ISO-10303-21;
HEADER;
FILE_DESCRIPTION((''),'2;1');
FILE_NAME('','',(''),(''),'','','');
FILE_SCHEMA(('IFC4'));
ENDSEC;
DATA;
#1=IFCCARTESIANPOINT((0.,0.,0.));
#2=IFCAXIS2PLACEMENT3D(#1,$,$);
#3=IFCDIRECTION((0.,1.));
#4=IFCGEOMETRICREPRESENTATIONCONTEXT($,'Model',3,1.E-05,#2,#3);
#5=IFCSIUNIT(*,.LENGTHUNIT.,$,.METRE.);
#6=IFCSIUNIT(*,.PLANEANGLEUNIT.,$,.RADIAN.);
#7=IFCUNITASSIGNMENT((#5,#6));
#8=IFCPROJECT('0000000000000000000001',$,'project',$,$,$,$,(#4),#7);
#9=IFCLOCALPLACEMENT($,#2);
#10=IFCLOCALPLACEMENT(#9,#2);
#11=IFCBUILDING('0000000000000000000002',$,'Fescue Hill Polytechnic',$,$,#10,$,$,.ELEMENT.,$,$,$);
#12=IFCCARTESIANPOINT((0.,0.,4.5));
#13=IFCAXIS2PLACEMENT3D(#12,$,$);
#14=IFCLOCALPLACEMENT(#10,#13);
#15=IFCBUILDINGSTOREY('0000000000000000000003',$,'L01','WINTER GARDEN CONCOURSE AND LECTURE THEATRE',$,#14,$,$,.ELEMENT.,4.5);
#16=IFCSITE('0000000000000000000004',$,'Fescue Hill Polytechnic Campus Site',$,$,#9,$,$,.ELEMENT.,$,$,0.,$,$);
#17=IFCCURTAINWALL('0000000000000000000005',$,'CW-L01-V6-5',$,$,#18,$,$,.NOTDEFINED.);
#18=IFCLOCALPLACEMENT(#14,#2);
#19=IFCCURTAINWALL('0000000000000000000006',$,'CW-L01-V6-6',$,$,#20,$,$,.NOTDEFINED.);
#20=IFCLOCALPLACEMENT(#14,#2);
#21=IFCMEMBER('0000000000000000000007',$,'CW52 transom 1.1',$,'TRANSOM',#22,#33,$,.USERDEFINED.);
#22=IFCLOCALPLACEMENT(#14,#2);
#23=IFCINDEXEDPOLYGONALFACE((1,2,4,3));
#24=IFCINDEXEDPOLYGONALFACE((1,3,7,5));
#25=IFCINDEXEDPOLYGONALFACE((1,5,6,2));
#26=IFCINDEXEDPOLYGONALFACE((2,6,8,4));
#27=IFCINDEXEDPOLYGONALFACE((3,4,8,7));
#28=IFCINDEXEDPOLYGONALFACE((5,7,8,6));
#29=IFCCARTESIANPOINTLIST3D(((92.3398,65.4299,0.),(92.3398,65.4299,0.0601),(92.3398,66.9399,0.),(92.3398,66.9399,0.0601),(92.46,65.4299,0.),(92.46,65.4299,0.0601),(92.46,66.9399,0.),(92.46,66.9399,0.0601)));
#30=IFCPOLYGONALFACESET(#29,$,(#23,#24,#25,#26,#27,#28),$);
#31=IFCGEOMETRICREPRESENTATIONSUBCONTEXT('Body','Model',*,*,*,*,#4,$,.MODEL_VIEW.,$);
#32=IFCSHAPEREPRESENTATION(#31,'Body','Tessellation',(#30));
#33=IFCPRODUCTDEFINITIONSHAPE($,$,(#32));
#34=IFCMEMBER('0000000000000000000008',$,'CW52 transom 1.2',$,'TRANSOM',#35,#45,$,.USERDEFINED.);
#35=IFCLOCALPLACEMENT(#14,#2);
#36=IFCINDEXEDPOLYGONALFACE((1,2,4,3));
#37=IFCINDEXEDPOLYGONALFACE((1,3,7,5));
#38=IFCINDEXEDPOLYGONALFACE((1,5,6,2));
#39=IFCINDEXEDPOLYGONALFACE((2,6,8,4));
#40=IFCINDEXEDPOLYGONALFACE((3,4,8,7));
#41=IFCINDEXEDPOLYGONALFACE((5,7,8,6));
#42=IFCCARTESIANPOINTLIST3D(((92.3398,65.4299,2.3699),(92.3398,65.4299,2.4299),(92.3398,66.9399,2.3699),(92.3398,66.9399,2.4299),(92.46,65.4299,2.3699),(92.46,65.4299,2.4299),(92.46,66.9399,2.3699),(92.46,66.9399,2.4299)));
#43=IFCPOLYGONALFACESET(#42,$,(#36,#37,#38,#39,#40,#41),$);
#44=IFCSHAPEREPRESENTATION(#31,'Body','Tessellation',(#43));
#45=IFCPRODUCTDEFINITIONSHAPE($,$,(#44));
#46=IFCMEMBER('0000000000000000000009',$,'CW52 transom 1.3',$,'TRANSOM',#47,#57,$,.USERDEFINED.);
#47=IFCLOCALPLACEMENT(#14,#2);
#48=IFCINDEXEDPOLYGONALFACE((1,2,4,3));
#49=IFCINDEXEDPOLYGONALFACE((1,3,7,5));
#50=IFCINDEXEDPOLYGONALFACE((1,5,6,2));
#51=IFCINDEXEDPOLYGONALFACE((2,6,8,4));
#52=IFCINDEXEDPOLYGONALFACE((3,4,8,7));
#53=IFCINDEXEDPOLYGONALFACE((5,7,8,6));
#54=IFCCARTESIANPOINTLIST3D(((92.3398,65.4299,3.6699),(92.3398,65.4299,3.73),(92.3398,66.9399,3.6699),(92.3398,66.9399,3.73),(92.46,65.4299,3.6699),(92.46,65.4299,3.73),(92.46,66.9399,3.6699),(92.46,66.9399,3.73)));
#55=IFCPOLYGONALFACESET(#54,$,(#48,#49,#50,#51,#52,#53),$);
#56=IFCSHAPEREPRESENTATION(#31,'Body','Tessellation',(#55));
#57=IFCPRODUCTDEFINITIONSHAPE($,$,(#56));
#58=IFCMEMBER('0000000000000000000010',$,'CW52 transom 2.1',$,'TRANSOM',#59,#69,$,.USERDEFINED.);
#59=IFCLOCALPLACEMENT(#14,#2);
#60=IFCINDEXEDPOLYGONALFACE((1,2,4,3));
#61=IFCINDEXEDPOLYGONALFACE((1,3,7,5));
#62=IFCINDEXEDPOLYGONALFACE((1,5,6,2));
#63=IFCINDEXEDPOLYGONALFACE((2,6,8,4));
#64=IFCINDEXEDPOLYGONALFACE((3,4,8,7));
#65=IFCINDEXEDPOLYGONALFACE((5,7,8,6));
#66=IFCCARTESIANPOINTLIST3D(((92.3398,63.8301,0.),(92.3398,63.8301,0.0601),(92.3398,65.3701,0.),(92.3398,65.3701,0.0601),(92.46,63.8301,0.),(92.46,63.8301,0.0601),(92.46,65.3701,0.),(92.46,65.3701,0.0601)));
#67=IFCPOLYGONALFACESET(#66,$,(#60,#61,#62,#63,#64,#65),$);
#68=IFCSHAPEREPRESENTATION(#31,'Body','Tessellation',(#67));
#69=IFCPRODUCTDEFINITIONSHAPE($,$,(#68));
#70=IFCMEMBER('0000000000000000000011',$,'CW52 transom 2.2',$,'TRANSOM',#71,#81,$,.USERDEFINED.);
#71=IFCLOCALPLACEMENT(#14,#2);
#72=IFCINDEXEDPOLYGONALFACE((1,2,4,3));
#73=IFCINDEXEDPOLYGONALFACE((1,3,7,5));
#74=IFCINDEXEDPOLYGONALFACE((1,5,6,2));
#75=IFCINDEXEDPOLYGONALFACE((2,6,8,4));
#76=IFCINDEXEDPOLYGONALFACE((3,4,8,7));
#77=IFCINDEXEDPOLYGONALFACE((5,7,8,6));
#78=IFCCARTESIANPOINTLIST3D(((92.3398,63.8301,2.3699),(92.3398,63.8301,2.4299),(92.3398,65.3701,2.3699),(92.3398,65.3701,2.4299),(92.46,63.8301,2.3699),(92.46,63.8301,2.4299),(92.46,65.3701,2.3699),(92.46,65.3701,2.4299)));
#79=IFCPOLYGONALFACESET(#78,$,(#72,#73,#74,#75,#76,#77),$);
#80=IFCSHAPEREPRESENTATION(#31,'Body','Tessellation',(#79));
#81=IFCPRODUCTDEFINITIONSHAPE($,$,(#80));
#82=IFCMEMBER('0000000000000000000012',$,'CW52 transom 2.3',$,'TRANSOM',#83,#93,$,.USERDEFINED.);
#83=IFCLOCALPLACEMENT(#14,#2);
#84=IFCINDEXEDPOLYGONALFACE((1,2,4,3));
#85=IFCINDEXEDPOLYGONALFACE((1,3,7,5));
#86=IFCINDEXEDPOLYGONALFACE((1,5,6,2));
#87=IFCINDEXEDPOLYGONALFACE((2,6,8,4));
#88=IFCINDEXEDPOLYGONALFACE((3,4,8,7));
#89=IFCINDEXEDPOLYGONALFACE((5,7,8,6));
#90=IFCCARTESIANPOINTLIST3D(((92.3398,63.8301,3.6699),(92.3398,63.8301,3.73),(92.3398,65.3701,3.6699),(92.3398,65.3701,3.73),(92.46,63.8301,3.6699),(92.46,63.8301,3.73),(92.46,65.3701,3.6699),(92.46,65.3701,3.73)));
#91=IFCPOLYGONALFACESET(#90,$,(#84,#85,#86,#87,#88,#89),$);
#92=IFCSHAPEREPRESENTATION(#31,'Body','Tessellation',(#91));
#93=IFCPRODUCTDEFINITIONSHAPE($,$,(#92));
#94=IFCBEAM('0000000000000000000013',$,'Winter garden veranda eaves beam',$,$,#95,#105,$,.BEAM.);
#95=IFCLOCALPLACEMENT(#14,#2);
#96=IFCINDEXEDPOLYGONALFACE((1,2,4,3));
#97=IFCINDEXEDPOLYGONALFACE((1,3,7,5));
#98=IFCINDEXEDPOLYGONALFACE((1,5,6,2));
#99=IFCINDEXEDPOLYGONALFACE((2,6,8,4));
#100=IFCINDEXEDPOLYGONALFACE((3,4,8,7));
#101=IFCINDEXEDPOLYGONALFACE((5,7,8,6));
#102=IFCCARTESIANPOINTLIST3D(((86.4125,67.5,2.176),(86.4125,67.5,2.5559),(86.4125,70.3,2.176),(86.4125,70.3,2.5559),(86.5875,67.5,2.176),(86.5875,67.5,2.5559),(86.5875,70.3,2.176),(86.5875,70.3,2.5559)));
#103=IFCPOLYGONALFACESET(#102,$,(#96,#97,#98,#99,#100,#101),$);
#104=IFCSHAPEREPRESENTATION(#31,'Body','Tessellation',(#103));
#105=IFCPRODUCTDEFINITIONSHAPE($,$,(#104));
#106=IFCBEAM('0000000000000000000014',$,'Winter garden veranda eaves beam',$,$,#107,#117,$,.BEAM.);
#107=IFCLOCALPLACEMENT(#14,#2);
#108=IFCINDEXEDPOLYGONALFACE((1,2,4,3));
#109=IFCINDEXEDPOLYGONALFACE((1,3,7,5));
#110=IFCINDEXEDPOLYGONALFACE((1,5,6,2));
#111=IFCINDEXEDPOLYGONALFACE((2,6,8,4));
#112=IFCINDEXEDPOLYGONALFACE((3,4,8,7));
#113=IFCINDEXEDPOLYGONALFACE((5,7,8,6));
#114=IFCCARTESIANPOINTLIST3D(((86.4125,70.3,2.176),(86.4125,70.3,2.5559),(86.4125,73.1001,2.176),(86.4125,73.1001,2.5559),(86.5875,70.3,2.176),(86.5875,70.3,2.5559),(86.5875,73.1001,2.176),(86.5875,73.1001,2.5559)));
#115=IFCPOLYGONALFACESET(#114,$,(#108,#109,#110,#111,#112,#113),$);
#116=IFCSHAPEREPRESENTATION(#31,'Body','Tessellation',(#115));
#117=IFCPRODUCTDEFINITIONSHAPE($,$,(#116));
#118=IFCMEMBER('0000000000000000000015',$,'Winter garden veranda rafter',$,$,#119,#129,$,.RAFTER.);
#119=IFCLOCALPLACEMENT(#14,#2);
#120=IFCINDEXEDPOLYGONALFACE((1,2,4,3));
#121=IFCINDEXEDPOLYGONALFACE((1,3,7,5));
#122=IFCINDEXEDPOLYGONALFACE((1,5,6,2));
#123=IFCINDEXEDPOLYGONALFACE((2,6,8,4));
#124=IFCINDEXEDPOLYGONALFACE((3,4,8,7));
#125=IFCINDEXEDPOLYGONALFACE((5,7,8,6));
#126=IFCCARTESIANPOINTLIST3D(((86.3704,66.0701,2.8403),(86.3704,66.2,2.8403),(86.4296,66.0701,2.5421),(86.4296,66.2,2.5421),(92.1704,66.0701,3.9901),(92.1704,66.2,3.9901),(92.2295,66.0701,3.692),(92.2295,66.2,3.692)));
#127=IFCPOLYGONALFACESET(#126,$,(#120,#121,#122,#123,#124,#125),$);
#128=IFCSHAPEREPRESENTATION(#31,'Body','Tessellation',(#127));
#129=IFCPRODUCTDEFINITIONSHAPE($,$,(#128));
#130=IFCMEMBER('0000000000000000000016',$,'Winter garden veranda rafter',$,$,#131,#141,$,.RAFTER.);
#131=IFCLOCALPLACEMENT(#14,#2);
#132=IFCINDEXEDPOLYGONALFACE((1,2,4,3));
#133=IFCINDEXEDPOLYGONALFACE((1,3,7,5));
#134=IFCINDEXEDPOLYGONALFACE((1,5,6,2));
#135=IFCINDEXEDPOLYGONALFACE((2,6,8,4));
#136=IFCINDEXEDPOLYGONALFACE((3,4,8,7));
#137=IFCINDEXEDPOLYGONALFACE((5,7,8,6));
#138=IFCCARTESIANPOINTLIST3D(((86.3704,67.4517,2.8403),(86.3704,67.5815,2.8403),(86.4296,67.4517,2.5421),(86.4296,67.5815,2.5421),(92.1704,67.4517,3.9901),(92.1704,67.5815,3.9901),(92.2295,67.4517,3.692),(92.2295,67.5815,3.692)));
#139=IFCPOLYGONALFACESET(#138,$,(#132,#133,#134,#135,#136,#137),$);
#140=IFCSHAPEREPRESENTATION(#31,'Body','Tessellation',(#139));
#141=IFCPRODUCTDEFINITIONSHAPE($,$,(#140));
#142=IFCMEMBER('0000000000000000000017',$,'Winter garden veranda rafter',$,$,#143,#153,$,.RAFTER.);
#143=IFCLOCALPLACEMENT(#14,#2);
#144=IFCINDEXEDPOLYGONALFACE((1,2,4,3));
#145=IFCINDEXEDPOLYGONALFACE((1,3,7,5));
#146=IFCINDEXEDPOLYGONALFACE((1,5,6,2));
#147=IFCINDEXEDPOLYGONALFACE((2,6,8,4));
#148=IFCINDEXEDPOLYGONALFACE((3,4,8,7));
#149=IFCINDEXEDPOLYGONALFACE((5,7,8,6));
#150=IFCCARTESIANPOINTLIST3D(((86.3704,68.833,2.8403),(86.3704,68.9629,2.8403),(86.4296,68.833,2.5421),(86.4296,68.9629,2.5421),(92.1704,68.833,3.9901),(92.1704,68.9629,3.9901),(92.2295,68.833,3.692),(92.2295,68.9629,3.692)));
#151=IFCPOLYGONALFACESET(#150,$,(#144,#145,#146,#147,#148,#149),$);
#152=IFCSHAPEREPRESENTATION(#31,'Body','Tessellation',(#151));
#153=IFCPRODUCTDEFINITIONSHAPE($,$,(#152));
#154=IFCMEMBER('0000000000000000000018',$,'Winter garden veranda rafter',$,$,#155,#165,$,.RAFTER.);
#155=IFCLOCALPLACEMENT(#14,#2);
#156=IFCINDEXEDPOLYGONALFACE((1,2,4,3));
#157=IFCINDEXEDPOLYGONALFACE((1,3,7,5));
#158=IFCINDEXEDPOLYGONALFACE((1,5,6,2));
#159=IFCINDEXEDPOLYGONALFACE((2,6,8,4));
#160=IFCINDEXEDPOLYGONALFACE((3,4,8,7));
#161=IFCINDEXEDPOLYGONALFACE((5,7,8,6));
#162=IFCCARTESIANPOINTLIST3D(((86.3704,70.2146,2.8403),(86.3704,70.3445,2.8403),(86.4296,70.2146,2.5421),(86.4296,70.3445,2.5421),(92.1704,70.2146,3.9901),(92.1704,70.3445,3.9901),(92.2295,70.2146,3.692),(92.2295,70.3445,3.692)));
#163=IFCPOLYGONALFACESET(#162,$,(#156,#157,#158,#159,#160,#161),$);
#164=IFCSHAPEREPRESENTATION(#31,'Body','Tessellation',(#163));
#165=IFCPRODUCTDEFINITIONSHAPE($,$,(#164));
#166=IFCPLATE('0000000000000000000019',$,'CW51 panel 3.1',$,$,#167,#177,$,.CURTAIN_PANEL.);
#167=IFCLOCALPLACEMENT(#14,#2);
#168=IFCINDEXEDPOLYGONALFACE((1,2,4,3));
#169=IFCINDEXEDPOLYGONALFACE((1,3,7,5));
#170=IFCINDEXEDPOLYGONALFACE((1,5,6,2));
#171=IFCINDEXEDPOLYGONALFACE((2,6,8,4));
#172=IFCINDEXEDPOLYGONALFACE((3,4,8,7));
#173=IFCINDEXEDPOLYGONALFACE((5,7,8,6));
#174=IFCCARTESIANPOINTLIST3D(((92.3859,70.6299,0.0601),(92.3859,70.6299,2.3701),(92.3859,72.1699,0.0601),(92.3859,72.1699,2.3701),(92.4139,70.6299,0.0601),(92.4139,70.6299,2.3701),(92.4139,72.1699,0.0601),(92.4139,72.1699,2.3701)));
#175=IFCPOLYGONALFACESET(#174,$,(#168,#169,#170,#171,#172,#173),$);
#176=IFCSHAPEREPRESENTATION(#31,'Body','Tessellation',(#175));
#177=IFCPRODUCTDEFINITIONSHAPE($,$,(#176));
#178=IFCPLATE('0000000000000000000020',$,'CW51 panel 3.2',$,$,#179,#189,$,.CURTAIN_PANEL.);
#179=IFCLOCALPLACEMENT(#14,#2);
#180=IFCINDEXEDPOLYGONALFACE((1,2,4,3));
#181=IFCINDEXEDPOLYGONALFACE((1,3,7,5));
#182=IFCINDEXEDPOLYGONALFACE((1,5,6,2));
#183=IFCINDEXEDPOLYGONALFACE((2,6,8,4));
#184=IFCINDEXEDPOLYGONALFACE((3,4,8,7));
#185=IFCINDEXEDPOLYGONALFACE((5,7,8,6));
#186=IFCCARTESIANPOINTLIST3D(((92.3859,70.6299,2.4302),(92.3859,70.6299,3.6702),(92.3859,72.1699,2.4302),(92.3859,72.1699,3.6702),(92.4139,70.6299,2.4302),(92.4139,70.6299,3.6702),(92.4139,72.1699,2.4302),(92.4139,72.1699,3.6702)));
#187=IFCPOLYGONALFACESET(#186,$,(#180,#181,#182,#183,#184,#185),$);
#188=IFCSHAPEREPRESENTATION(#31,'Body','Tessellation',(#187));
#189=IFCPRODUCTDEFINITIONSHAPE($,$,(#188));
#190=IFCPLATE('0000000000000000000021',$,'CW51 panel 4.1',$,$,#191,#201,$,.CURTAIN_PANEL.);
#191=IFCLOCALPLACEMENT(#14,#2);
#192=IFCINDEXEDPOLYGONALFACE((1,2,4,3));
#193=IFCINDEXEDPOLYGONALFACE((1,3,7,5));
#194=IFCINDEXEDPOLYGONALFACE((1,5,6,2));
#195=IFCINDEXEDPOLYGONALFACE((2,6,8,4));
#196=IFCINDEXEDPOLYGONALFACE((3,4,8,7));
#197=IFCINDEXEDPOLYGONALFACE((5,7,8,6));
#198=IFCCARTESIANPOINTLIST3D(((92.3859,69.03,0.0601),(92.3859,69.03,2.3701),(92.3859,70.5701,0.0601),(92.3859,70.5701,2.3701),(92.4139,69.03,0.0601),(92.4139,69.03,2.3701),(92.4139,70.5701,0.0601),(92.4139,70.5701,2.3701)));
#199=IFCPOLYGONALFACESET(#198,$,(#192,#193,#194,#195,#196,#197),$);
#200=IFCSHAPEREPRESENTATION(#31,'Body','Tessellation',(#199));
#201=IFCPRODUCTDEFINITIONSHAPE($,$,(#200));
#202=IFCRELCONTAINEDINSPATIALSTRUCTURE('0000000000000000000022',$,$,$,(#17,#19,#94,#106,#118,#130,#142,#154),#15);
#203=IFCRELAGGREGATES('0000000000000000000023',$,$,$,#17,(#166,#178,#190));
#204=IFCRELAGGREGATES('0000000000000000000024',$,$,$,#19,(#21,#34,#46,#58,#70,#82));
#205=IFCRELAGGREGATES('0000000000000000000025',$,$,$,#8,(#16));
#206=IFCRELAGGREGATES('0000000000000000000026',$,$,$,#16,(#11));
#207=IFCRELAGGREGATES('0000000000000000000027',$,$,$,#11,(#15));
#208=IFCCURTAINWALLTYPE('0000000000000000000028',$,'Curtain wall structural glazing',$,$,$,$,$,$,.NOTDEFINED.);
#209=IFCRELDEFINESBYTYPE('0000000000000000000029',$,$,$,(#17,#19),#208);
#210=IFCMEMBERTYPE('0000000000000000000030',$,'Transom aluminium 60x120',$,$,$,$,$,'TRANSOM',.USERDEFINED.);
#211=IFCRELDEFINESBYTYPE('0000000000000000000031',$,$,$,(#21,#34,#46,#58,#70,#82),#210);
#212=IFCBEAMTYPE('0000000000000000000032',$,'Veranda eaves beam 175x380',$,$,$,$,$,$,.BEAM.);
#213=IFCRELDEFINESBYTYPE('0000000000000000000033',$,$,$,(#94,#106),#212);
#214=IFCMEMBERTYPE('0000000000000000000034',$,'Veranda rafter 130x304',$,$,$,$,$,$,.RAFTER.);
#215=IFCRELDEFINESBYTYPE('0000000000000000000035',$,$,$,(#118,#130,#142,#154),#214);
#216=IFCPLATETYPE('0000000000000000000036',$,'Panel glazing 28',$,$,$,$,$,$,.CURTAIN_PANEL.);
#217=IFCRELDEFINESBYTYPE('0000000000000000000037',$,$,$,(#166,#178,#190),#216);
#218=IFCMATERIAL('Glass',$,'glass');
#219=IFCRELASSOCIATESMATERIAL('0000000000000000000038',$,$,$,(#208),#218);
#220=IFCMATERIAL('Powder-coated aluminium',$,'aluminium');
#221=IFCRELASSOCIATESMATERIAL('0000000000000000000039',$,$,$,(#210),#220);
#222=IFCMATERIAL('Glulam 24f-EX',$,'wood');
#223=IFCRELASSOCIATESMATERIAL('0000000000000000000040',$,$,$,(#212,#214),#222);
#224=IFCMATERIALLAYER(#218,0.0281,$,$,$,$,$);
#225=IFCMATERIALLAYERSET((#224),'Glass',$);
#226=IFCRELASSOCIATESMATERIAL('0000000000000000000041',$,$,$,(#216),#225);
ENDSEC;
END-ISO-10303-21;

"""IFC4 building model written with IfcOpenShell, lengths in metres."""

from ifc_helpers import new_model, si_unit, direction, frame, origin, origin_2d, place, context, subcontext, project, spatial, rectangle, extrude, material, layer, layer_set, material_profile, profile_set, type_object, element, aggregate, save


model = new_model("IFC4")

# Units and contexts
model_context = context("Model", 3, precision=1e-05, world=origin(), true_north=direction((0.0, 1.0)))
body_context = subcontext(model_context, "Body", "Model", "MODEL_VIEW")
ifc_project = project(units=[si_unit("LENGTHUNIT", "METRE"), si_unit("PLANEANGLEUNIT", "RADIAN")], contexts=[model_context])

# Site, building, storey
site_placement = place(None, origin())
site = spatial("IfcSite", under=ifc_project, at=site_placement, Name="Fescue Hill Polytechnic Campus Site", CompositionType="ELEMENT", RefElevation=0.0)
building_placement = place(site_placement, origin())
building = spatial("IfcBuilding", under=site, at=building_placement, Name="Fescue Hill Polytechnic", CompositionType="ELEMENT")
storey_placement = place(building_placement, frame((0.0, 0.0, 4.5)))
storey = spatial("IfcBuildingStorey", under=building, at=storey_placement, Name="L01", Description="WINTER GARDEN CONCOURSE AND LECTURE THEATRE", CompositionType="ELEMENT", Elevation=4.5)

# Curtain walls
ifc_material_1 = material(Name="Glass", Category="glass")
curtain_wall_type = type_object("IfcCurtainWallType", Name="Curtain wall structural glazing", PredefinedType="NOTDEFINED", material=ifc_material_1)
curtain_wall_1_placement = place(storey_placement, origin())
curtain_wall_1 = element("IfcCurtainWall", 1, at=curtain_wall_1_placement, inside=storey, type_object=curtain_wall_type, Name="CW-L01-V6-5", PredefinedType="NOTDEFINED")
ifc_material_2 = material(Name="Powder-coated aluminium", Category="aluminium")
curtain_wall_2_placement = place(storey_placement, origin())
curtain_wall_2 = element("IfcCurtainWall", 2, at=curtain_wall_2_placement, inside=storey, type_object=curtain_wall_type, Name="CW-L01-V6-6", PredefinedType="NOTDEFINED")

# Members
ifc_material_profile_1 = material_profile(ifc_material_2, rectangle(XDim=0.1201, YDim=0.0601, at=origin_2d()), Name="Transom aluminium 60x120")
ifc_profile_set_1 = profile_set([ifc_material_profile_1], Name="Powder-coated aluminium")
member_type_1 = type_object("IfcMemberType", Name="Transom aluminium 60x120", ElementType="TRANSOM", PredefinedType="USERDEFINED", material=ifc_profile_set_1)
member_1_placement = place(storey_placement, frame((92.3999, 66.9399, 0.03), z_axis=(0.0, -1.0, 0.0), x_axis=(1.0, 0.0, 0.0)))
member_1 = element("IfcMember", 3, at=member_1_placement, type_object=member_type_1, Name="CW52 transom 1.1", ObjectType="TRANSOM", PredefinedType="USERDEFINED", context=body_context, shape_type="SweptSolid", body=[
    extrude(rectangle(XDim=0.1201, YDim=0.0601, at=origin_2d()), origin(), (0.0, 0.0, 1.0), 1.51),
])
member_2_placement = place(storey_placement, frame((92.3999, 66.9399, 2.3999), z_axis=(0.0, -1.0, 0.0), x_axis=(1.0, 0.0, 0.0)))
member_2 = element("IfcMember", 4, at=member_2_placement, type_object=member_type_1, Name="CW52 transom 1.2", ObjectType="TRANSOM", PredefinedType="USERDEFINED", context=body_context, shape_type="SweptSolid", body=[
    extrude(rectangle(XDim=0.1201, YDim=0.0601, at=origin_2d()), origin(), (0.0, 0.0, 1.0), 1.51),
])
member_3_placement = place(storey_placement, frame((92.3999, 66.9399, 3.7), z_axis=(0.0, -1.0, 0.0), x_axis=(1.0, 0.0, 0.0)))
member_3 = element("IfcMember", 5, at=member_3_placement, type_object=member_type_1, Name="CW52 transom 1.3", ObjectType="TRANSOM", PredefinedType="USERDEFINED", context=body_context, shape_type="SweptSolid", body=[
    extrude(rectangle(XDim=0.1201, YDim=0.0601, at=origin_2d()), origin(), (0.0, 0.0, 1.0), 1.51),
])
member_4_placement = place(storey_placement, frame((92.3999, 65.3701, 0.03), z_axis=(0.0, -1.0, 0.0), x_axis=(1.0, 0.0, 0.0)))
member_4 = element("IfcMember", 6, at=member_4_placement, type_object=member_type_1, Name="CW52 transom 2.1", ObjectType="TRANSOM", PredefinedType="USERDEFINED", context=body_context, shape_type="SweptSolid", body=[
    extrude(rectangle(XDim=0.1201, YDim=0.0601, at=origin_2d()), origin(), (0.0, 0.0, 1.0), 1.54),
])
member_5_placement = place(storey_placement, frame((92.3999, 65.3701, 2.3999), z_axis=(0.0, -1.0, 0.0), x_axis=(1.0, 0.0, 0.0)))
member_5 = element("IfcMember", 7, at=member_5_placement, type_object=member_type_1, Name="CW52 transom 2.2", ObjectType="TRANSOM", PredefinedType="USERDEFINED", context=body_context, shape_type="SweptSolid", body=[
    extrude(rectangle(XDim=0.1201, YDim=0.0601, at=origin_2d()), origin(), (0.0, 0.0, 1.0), 1.54),
])
member_6_placement = place(storey_placement, frame((92.3999, 65.3701, 3.7), z_axis=(0.0, -1.0, 0.0), x_axis=(1.0, 0.0, 0.0)))
member_6 = element("IfcMember", 8, at=member_6_placement, type_object=member_type_1, Name="CW52 transom 2.3", ObjectType="TRANSOM", PredefinedType="USERDEFINED", context=body_context, shape_type="SweptSolid", body=[
    extrude(rectangle(XDim=0.1201, YDim=0.0601, at=origin_2d()), origin(), (0.0, 0.0, 1.0), 1.54),
])

# Beams
ifc_material_3 = material(Name="Glulam 24f-EX", Category="wood")
ifc_material_profile_2 = material_profile(ifc_material_3, rectangle(XDim=0.175, YDim=0.3799, at=origin_2d()), Name="Veranda eaves beam 175x380")
ifc_profile_set_2 = profile_set([ifc_material_profile_2], Name="Glulam 24f-EX")
beam_type = type_object("IfcBeamType", Name="Veranda eaves beam 175x380", PredefinedType="BEAM", material=ifc_profile_set_2)
for number, where, z_axis, x_axis, name in (
    (9, (86.5, 67.5, 2.366), (0.0, 1.0, 0.0), (-1.0, 0.0, 0.0), "Winter garden veranda eaves beam"),
    (10, (86.5, 70.3, 2.366), (0.0, 1.0, 0.0), (-1.0, 0.0, 0.0), "Winter garden veranda eaves beam"),
):
    element("IfcBeam", number, at=place(storey_placement, frame(where, z_axis=z_axis, x_axis=x_axis)), inside=storey, type_object=beam_type, Name=name, PredefinedType="BEAM", context=body_context, shape_type="SweptSolid", body=[
        extrude(rectangle(XDim=0.175, YDim=0.3799, at=origin_2d()), origin(), (0.0, 0.0, 1.0), 2.8),
    ])

# Members
ifc_material_profile_3 = material_profile(ifc_material_3, rectangle(XDim=0.1299, YDim=0.304, at=origin_2d()), Name="Veranda rafter 130x304")
ifc_profile_set_3 = profile_set([ifc_material_profile_3], Name="Glulam 24f-EX")
member_type_2 = type_object("IfcMemberType", Name="Veranda rafter 130x304", PredefinedType="RAFTER", material=ifc_profile_set_3)
for number, where, z_axis, x_axis, name in (
    (11, (92.2, 66.135, 3.8411), (-0.980908, 0.0, -0.194472), (0.0, -1.0, 0.0), "Winter garden veranda rafter"),
    (12, (92.2, 67.5166, 3.8411), (-0.980908, 0.0, -0.194472), (0.0, -1.0, 0.0), "Winter garden veranda rafter"),
    (13, (92.2, 68.8979, 3.8411), (-0.980908, 0.0, -0.194472), (0.0, -1.0, 0.0), "Winter garden veranda rafter"),
    (14, (92.2, 70.2795, 3.8411), (-0.980908, 0.0, -0.194472), (0.0, -1.0, 0.0), "Winter garden veranda rafter"),
):
    element("IfcMember", number, at=place(storey_placement, frame(where, z_axis=z_axis, x_axis=x_axis)), inside=storey, type_object=member_type_2, Name=name, PredefinedType="RAFTER", context=body_context, shape_type="SweptSolid", body=[
        extrude(rectangle(XDim=0.1299, YDim=0.304, at=origin_2d()), origin(), (0.0, 0.0, 1.0), 5.9128),
    ])

# Plates
ifc_layer = layer(ifc_material_1, 0.0281)
ifc_layer_set = layer_set([ifc_layer], Name="Glass")
plate_type = type_object("IfcPlateType", Name="Panel glazing 28", PredefinedType="CURTAIN_PANEL", material=ifc_layer_set)
plate_1_placement = place(storey_placement, frame((92.3999, 71.3999, 0.0601), z_axis=(0.0, 0.0, 1.0), x_axis=(0.0, -1.0, 0.0)))
plate_1 = element("IfcPlate", 15, at=plate_1_placement, type_object=plate_type, Name="CW51 panel 3.1", PredefinedType="CURTAIN_PANEL", context=body_context, shape_type="SweptSolid", body=[
    extrude(rectangle(XDim=1.54, YDim=0.0281, at=origin_2d()), origin(), (0.0, 0.0, 1.0), 2.3101),
])
plate_2_placement = place(storey_placement, frame((92.3999, 71.3999, 2.4302), z_axis=(0.0, 0.0, 1.0), x_axis=(0.0, -1.0, 0.0)))
plate_2 = element("IfcPlate", 16, at=plate_2_placement, type_object=plate_type, Name="CW51 panel 3.2", PredefinedType="CURTAIN_PANEL", context=body_context, shape_type="SweptSolid", body=[
    extrude(rectangle(XDim=1.54, YDim=0.0281, at=origin_2d()), origin(), (0.0, 0.0, 1.0), 1.24),
])
plate_3_placement = place(storey_placement, frame((92.3999, 69.8, 0.0601), z_axis=(0.0, 0.0, 1.0), x_axis=(0.0, -1.0, 0.0)))
plate_3 = element("IfcPlate", 17, at=plate_3_placement, type_object=plate_type, Name="CW51 panel 4.1", PredefinedType="CURTAIN_PANEL", context=body_context, shape_type="SweptSolid", body=[
    extrude(rectangle(XDim=1.54, YDim=0.0281, at=origin_2d()), origin(), (0.0, 0.0, 1.0), 2.3101),
])
aggregate(curtain_wall_1, [plate_1, plate_2, plate_3])
aggregate(curtain_wall_2, [member_1, member_2, member_3, member_4, member_5, member_6])

save(model, "model.ifc")
